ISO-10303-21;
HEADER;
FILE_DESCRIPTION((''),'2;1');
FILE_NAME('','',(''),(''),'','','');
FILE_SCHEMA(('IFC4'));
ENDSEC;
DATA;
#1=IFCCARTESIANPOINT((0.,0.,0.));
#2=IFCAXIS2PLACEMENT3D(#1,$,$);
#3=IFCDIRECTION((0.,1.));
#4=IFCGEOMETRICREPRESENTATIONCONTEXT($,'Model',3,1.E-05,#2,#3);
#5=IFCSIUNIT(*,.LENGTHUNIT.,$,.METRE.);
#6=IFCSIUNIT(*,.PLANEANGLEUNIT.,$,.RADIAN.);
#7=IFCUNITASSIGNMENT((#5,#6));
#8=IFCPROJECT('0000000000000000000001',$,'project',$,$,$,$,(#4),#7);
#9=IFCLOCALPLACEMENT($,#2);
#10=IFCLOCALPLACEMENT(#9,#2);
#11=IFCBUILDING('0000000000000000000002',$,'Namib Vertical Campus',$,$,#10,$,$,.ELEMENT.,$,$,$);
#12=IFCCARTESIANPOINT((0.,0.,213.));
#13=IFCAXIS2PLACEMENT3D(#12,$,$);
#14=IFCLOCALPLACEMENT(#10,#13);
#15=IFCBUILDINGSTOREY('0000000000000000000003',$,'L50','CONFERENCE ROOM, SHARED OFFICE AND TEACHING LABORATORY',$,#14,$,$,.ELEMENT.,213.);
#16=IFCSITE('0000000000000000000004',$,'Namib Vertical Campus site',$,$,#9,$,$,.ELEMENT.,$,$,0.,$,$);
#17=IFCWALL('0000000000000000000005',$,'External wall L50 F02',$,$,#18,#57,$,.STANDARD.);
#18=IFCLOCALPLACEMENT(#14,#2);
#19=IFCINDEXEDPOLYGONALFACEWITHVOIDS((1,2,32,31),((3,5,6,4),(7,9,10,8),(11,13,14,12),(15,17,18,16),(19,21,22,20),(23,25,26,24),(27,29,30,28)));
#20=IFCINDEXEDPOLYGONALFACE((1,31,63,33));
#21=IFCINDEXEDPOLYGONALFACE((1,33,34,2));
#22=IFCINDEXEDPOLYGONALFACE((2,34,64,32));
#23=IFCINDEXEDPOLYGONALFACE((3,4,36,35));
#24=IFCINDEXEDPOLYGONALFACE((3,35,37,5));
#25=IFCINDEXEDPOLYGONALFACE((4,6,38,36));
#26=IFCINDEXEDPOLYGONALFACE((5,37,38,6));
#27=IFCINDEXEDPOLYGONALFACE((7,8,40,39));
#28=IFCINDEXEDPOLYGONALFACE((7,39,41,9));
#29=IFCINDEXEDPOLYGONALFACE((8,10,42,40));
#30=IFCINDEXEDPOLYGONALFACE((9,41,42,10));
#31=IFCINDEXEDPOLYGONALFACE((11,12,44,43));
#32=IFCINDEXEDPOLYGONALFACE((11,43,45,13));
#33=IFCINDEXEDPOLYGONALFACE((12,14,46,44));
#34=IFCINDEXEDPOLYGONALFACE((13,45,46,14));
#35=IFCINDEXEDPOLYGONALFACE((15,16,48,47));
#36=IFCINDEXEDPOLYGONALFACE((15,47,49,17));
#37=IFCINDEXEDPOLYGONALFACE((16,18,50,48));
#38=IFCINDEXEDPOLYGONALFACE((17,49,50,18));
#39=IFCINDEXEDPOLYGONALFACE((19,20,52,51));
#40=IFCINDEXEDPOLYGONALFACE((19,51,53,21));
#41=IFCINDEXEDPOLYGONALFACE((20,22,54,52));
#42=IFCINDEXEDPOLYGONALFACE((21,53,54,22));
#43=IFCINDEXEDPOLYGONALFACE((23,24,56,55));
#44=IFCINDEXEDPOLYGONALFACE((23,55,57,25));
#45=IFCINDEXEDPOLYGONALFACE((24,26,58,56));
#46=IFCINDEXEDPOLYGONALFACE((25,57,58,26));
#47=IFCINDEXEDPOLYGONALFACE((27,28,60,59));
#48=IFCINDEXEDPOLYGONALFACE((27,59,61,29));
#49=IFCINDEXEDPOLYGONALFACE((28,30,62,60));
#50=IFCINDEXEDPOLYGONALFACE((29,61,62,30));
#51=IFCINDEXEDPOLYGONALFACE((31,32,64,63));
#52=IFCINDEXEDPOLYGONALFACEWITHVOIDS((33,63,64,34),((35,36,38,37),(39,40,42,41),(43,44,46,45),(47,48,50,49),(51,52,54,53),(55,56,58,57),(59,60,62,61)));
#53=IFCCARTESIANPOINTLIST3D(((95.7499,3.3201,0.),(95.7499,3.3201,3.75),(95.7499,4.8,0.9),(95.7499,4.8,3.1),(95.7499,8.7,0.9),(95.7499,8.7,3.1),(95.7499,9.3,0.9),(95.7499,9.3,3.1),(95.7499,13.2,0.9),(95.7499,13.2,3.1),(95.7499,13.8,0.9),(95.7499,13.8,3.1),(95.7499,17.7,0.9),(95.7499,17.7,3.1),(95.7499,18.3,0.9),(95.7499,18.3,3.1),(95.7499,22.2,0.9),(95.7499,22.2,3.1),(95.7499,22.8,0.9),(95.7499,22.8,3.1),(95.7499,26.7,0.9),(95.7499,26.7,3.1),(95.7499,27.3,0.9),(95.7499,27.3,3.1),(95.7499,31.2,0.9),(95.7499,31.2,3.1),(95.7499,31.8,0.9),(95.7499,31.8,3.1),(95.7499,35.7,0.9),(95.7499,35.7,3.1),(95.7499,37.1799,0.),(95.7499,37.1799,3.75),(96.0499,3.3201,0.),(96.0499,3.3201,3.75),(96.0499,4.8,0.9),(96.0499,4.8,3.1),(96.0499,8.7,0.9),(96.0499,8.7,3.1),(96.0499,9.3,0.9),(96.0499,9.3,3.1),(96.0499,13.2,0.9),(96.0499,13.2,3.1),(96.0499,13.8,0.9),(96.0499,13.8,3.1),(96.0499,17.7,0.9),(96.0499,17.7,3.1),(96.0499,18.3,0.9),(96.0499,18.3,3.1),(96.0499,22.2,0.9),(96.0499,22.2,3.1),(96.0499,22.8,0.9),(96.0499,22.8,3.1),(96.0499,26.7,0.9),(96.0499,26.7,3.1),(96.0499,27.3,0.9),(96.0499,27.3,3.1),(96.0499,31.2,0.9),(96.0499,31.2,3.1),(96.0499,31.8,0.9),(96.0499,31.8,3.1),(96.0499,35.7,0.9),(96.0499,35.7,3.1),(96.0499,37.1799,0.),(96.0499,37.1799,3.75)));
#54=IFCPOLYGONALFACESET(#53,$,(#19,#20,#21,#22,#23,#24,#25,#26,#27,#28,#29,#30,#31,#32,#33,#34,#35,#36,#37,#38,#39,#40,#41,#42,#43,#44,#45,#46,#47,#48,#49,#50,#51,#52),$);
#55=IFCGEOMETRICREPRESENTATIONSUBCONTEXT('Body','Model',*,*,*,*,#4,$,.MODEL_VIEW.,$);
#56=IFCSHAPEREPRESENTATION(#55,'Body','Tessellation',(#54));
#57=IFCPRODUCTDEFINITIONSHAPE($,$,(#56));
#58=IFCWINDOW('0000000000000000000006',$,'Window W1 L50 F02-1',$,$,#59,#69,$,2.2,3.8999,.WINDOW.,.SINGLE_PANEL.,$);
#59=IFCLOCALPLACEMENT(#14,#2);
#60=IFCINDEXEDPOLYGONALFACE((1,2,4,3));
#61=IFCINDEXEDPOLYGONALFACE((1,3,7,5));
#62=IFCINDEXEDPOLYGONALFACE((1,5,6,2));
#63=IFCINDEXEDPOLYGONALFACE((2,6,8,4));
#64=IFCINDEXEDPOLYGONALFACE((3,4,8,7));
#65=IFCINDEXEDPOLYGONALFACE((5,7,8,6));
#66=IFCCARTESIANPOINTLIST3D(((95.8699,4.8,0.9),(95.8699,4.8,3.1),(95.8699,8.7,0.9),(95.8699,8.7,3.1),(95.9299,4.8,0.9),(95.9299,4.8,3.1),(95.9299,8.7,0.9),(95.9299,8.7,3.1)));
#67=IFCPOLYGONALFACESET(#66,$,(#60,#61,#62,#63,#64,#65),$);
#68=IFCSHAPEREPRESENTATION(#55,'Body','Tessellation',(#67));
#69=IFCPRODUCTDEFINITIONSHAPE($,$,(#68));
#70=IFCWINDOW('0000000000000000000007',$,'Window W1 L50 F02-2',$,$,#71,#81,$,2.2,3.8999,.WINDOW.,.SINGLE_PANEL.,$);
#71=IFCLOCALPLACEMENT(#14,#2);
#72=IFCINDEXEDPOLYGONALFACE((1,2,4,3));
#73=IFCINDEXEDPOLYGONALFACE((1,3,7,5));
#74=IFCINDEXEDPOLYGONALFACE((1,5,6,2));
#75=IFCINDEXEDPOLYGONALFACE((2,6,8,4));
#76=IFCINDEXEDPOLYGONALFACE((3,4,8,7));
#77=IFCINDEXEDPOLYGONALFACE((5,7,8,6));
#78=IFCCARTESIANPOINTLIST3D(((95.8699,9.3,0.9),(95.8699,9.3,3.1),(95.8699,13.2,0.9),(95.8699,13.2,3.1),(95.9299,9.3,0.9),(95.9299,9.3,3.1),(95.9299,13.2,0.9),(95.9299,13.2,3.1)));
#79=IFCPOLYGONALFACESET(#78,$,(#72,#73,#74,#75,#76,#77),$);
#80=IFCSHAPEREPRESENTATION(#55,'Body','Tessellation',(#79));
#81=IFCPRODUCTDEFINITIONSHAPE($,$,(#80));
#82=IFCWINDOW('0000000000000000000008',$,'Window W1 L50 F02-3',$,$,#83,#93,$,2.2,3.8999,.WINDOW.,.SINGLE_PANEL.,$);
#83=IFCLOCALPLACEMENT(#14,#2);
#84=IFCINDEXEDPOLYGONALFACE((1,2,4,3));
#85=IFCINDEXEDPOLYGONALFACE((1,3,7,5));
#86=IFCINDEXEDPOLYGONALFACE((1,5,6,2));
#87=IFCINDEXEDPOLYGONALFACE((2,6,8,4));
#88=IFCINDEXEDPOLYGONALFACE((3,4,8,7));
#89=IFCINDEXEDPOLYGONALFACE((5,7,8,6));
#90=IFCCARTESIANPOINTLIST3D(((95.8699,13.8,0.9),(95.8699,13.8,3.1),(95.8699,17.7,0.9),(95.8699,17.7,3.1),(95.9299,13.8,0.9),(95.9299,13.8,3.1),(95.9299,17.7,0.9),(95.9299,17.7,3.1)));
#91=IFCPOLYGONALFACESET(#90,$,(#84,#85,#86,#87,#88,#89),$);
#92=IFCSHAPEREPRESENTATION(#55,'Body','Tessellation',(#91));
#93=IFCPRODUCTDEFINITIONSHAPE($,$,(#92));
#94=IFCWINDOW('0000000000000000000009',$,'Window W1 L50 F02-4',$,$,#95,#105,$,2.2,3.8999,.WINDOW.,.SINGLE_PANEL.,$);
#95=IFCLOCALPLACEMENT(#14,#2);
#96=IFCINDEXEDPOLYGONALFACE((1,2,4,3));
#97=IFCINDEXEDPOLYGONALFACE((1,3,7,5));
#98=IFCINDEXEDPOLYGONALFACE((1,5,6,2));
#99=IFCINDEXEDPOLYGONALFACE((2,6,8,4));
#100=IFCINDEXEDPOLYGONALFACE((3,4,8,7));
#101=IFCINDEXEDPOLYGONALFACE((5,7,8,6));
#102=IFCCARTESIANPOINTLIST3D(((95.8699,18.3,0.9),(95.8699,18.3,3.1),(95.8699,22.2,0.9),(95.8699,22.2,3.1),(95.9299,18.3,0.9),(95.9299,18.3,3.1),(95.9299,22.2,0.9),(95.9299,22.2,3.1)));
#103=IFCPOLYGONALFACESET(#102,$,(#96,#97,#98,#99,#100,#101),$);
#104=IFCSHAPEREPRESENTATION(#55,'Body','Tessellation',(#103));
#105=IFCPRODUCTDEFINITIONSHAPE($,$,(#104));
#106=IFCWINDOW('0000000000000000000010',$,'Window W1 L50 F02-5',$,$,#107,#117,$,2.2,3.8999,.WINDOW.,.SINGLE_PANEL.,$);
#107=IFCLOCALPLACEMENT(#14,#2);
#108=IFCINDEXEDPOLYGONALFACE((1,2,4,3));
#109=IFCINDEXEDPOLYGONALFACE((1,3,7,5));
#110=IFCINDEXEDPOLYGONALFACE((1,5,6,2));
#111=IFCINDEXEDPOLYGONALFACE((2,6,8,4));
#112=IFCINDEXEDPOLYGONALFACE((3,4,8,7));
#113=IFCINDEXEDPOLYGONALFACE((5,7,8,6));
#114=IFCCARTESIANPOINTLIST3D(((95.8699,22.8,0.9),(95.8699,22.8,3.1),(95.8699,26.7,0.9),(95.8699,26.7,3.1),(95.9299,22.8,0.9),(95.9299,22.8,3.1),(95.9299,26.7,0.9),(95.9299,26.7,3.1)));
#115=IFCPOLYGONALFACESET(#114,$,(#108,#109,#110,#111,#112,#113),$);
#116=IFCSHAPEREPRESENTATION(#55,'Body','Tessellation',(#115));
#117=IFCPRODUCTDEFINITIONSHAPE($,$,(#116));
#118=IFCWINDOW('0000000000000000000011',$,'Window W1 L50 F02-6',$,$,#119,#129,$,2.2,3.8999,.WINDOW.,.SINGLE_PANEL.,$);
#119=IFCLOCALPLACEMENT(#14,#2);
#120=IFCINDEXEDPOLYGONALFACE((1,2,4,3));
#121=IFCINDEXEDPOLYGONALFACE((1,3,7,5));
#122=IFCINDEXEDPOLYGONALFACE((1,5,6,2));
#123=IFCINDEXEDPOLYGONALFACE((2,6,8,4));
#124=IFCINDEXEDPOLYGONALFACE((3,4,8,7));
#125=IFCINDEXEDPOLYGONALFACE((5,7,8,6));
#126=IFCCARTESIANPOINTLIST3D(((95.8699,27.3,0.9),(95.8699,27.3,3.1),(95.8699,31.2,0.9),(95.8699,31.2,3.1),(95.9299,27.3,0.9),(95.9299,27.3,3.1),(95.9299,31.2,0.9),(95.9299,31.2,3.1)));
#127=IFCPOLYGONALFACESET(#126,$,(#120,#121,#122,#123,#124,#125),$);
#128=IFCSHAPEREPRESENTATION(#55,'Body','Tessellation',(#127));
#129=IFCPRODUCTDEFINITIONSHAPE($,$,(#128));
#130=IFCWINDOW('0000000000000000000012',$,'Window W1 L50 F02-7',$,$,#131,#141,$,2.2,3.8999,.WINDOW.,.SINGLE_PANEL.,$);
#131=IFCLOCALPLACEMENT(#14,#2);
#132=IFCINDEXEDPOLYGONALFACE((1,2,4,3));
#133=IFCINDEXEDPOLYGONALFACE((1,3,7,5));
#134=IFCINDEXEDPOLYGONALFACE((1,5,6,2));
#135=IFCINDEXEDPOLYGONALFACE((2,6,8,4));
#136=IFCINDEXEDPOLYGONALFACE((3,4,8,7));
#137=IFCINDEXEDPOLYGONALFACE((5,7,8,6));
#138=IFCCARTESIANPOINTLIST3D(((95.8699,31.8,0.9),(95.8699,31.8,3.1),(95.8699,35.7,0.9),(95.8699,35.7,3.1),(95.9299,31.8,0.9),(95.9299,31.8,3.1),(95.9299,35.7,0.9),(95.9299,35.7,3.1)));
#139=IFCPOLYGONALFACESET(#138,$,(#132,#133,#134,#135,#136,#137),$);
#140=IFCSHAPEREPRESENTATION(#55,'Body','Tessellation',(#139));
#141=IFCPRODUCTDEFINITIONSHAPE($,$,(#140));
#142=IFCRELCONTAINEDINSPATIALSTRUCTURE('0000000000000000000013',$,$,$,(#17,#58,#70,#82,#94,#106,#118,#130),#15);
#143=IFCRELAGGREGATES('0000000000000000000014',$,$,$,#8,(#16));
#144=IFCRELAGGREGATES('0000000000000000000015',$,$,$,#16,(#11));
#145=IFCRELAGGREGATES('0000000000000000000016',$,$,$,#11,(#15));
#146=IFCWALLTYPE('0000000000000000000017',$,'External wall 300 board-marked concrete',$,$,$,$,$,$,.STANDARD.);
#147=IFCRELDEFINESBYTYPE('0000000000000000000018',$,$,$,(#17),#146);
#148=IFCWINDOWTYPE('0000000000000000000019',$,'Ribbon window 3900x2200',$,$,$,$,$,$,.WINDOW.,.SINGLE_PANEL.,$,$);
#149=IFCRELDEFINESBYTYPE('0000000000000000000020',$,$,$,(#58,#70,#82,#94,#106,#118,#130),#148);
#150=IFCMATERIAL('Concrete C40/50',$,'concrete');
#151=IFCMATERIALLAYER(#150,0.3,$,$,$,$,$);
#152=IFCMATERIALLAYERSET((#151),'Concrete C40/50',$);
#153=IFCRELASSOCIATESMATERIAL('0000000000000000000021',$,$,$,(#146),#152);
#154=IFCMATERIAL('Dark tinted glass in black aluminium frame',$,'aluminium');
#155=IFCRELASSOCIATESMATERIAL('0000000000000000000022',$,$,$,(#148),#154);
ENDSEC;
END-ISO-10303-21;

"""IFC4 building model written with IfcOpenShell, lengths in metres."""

from ifc_helpers import new_model, si_unit, direction, frame, frame_2d, origin, place, context, subcontext, project, spatial, rectangle, extrude, material, layer, layer_set, type_object, element, fill, save


model = new_model("IFC4")

# Units and contexts
model_context = context("Model", 3, precision=1e-05, world=origin(), true_north=direction((0.0, 1.0)))
body_context = subcontext(model_context, "Body", "Model", "MODEL_VIEW")
ifc_project = project(units=[si_unit("LENGTHUNIT", "METRE"), si_unit("PLANEANGLEUNIT", "RADIAN")], contexts=[model_context])

# Site, building, storey
site_placement = place(None, origin())
site = spatial("IfcSite", under=ifc_project, at=site_placement, Name="Namib Vertical Campus site", CompositionType="ELEMENT", RefElevation=0.0)
building_placement = place(site_placement, origin())
building = spatial("IfcBuilding", under=site, at=building_placement, Name="Namib Vertical Campus", CompositionType="ELEMENT")
storey_placement = place(building_placement, frame((0.0, 0.0, 213.0)))
storey = spatial("IfcBuildingStorey", under=building, at=storey_placement, Name="L50", Description="CONFERENCE ROOM, SHARED OFFICE AND TEACHING LABORATORY", CompositionType="ELEMENT", Elevation=213.0)

# Wall, openings, windows
ifc_material_1 = material(Name="Concrete C40/50", Category="concrete")
ifc_layer_1 = layer(ifc_material_1, 0.3)
ifc_layer_set_1 = layer_set([ifc_layer_1], Name="Concrete C40/50")
wall_type_1 = type_object("IfcWallType", Name="External wall 300 board-marked concrete", PredefinedType="STANDARD", material=ifc_layer_set_1)
wall_1_placement = place(storey_placement, frame((95.8999, 3.3201, 0.0), z_axis=(0.0, 0.0, 1.0), x_axis=(0.0, 1.0, 0.0)))
wall_1 = element("IfcWall", 1, at=wall_1_placement, inside=storey, type_object=wall_type_1, Name="External wall L50 F02", PredefinedType="STANDARD", context=body_context, shape_type="SweptSolid", body=[
    extrude(rectangle(XDim=33.8599, YDim=0.3, at=frame_2d((16.9299, 0.0))), origin(), (0.0, 0.0, 1.0), 3.75),
])
opening_1_placement = place(wall_1_placement, frame((1.48, 0.0, 0.8999)))
opening_1 = element("IfcOpeningElement", 2, at=opening_1_placement, cuts=wall_1, PredefinedType="OPENING", context=body_context, shape_type="SweptSolid", body=[
    extrude(rectangle(XDim=3.8999, YDim=2.2, at=frame_2d((1.95, 1.1001))), frame((0.0, 0.1599, 0.0), z_axis=(0.0, -1.0, 0.0), x_axis=(1.0, 0.0, 0.0)), (0.0, 0.0, 1.0), 0.3201),
])
opening_2_placement = place(wall_1_placement, frame((5.98, 0.0, 0.8999)))
opening_2 = element("IfcOpeningElement", 3, at=opening_2_placement, cuts=wall_1, PredefinedType="OPENING", context=body_context, shape_type="SweptSolid", body=[
    extrude(rectangle(XDim=3.8999, YDim=2.2, at=frame_2d((1.95, 1.1001))), frame((0.0, 0.1599, 0.0), z_axis=(0.0, -1.0, 0.0), x_axis=(1.0, 0.0, 0.0)), (0.0, 0.0, 1.0), 0.3201),
])
opening_3_placement = place(wall_1_placement, frame((10.48, 0.0, 0.8999)))
opening_3 = element("IfcOpeningElement", 4, at=opening_3_placement, cuts=wall_1, PredefinedType="OPENING", context=body_context, shape_type="SweptSolid", body=[
    extrude(rectangle(XDim=3.8999, YDim=2.2, at=frame_2d((1.95, 1.1001))), frame((0.0, 0.1599, 0.0), z_axis=(0.0, -1.0, 0.0), x_axis=(1.0, 0.0, 0.0)), (0.0, 0.0, 1.0), 0.3201),
])
opening_4_placement = place(wall_1_placement, frame((14.98, 0.0, 0.8999)))
opening_4 = element("IfcOpeningElement", 5, at=opening_4_placement, cuts=wall_1, PredefinedType="OPENING", context=body_context, shape_type="SweptSolid", body=[
    extrude(rectangle(XDim=3.8999, YDim=2.2, at=frame_2d((1.95, 1.1001))), frame((0.0, 0.1599, 0.0), z_axis=(0.0, -1.0, 0.0), x_axis=(1.0, 0.0, 0.0)), (0.0, 0.0, 1.0), 0.3201),
])
opening_5_placement = place(wall_1_placement, frame((19.48, 0.0, 0.8999)))
opening_5 = element("IfcOpeningElement", 6, at=opening_5_placement, cuts=wall_1, PredefinedType="OPENING", context=body_context, shape_type="SweptSolid", body=[
    extrude(rectangle(XDim=3.8999, YDim=2.2, at=frame_2d((1.95, 1.1001))), frame((0.0, 0.1599, 0.0), z_axis=(0.0, -1.0, 0.0), x_axis=(1.0, 0.0, 0.0)), (0.0, 0.0, 1.0), 0.3201),
])
opening_6_placement = place(wall_1_placement, frame((23.98, 0.0, 0.8999)))
opening_6 = element("IfcOpeningElement", 7, at=opening_6_placement, cuts=wall_1, PredefinedType="OPENING", context=body_context, shape_type="SweptSolid", body=[
    extrude(rectangle(XDim=3.8999, YDim=2.2, at=frame_2d((1.95, 1.1001))), frame((0.0, 0.1599, 0.0), z_axis=(0.0, -1.0, 0.0), x_axis=(1.0, 0.0, 0.0)), (0.0, 0.0, 1.0), 0.3201),
])
opening_7_placement = place(wall_1_placement, frame((28.48, 0.0, 0.8999)))
opening_7 = element("IfcOpeningElement", 8, at=opening_7_placement, cuts=wall_1, PredefinedType="OPENING", context=body_context, shape_type="SweptSolid", body=[
    extrude(rectangle(XDim=3.8999, YDim=2.2, at=frame_2d((1.95, 1.1001))), frame((0.0, 0.1599, 0.0), z_axis=(0.0, -1.0, 0.0), x_axis=(1.0, 0.0, 0.0)), (0.0, 0.0, 1.0), 0.3201),
])
ifc_material_2 = material(Name="Dark tinted glass in black aluminium frame", Category="aluminium")
window_type = type_object("IfcWindowType", Name="Ribbon window 3900x2200", PartitioningType="SINGLE_PANEL", PredefinedType="WINDOW", material=ifc_material_2)
window_1_placement = place(opening_1_placement, origin())
window_1 = element("IfcWindow", 9, at=window_1_placement, inside=storey, type_object=window_type, Name="Window W1 L50 F02-1", OverallHeight=2.2, OverallWidth=3.8999, PartitioningType="SINGLE_PANEL", PredefinedType="WINDOW", context=body_context, shape_type="SweptSolid", body=[
    extrude(rectangle(XDim=3.8999, YDim=2.2, at=frame_2d((1.95, 1.1001))), frame((0.0, 0.03, 0.0), z_axis=(0.0, -1.0, 0.0), x_axis=(1.0, 0.0, 0.0)), (0.0, 0.0, 1.0), 0.0601),
])
fill(opening_1, window_1)
window_2_placement = place(opening_2_placement, origin())
window_2 = element("IfcWindow", 10, at=window_2_placement, inside=storey, type_object=window_type, Name="Window W1 L50 F02-2", OverallHeight=2.2, OverallWidth=3.8999, PartitioningType="SINGLE_PANEL", PredefinedType="WINDOW", context=body_context, shape_type="SweptSolid", body=[
    extrude(rectangle(XDim=3.8999, YDim=2.2, at=frame_2d((1.95, 1.1001))), frame((0.0, 0.03, 0.0), z_axis=(0.0, -1.0, 0.0), x_axis=(1.0, 0.0, 0.0)), (0.0, 0.0, 1.0), 0.0601),
])
fill(opening_2, window_2)
window_3_placement = place(opening_3_placement, origin())
window_3 = element("IfcWindow", 11, at=window_3_placement, inside=storey, type_object=window_type, Name="Window W1 L50 F02-3", OverallHeight=2.2, OverallWidth=3.8999, PartitioningType="SINGLE_PANEL", PredefinedType="WINDOW", context=body_context, shape_type="SweptSolid", body=[
    extrude(rectangle(XDim=3.8999, YDim=2.2, at=frame_2d((1.95, 1.1001))), frame((0.0, 0.03, 0.0), z_axis=(0.0, -1.0, 0.0), x_axis=(1.0, 0.0, 0.0)), (0.0, 0.0, 1.0), 0.0601),
])
fill(opening_3, window_3)
window_4_placement = place(opening_4_placement, origin())
window_4 = element("IfcWindow", 12, at=window_4_placement, inside=storey, type_object=window_type, Name="Window W1 L50 F02-4", OverallHeight=2.2, OverallWidth=3.8999, PartitioningType="SINGLE_PANEL", PredefinedType="WINDOW", context=body_context, shape_type="SweptSolid", body=[
    extrude(rectangle(XDim=3.8999, YDim=2.2, at=frame_2d((1.95, 1.1001))), frame((0.0, 0.03, 0.0), z_axis=(0.0, -1.0, 0.0), x_axis=(1.0, 0.0, 0.0)), (0.0, 0.0, 1.0), 0.0601),
])
fill(opening_4, window_4)
window_5_placement = place(opening_5_placement, origin())
window_5 = element("IfcWindow", 13, at=window_5_placement, inside=storey, type_object=window_type, Name="Window W1 L50 F02-5", OverallHeight=2.2, OverallWidth=3.8999, PartitioningType="SINGLE_PANEL", PredefinedType="WINDOW", context=body_context, shape_type="SweptSolid", body=[
    extrude(rectangle(XDim=3.8999, YDim=2.2, at=frame_2d((1.95, 1.1001))), frame((0.0, 0.03, 0.0), z_axis=(0.0, -1.0, 0.0), x_axis=(1.0, 0.0, 0.0)), (0.0, 0.0, 1.0), 0.0601),
])
fill(opening_5, window_5)
window_6_placement = place(opening_6_placement, origin())
window_6 = element("IfcWindow", 14, at=window_6_placement, inside=storey, type_object=window_type, Name="Window W1 L50 F02-6", OverallHeight=2.2, OverallWidth=3.8999, PartitioningType="SINGLE_PANEL", PredefinedType="WINDOW", context=body_context, shape_type="SweptSolid", body=[
    extrude(rectangle(XDim=3.8999, YDim=2.2, at=frame_2d((1.95, 1.1001))), frame((0.0, 0.03, 0.0), z_axis=(0.0, -1.0, 0.0), x_axis=(1.0, 0.0, 0.0)), (0.0, 0.0, 1.0), 0.0601),
])
fill(opening_6, window_6)
window_7_placement = place(opening_7_placement, origin())
window_7 = element("IfcWindow", 15, at=window_7_placement, inside=storey, type_object=window_type, Name="Window W1 L50 F02-7", OverallHeight=2.2, OverallWidth=3.8999, PartitioningType="SINGLE_PANEL", PredefinedType="WINDOW", context=body_context, shape_type="SweptSolid", body=[
    extrude(rectangle(XDim=3.8999, YDim=2.2, at=frame_2d((1.95, 1.1001))), frame((0.0, 0.03, 0.0), z_axis=(0.0, -1.0, 0.0), x_axis=(1.0, 0.0, 0.0)), (0.0, 0.0, 1.0), 0.0601),
])
fill(opening_7, window_7)

save(model, "model.ifc")
